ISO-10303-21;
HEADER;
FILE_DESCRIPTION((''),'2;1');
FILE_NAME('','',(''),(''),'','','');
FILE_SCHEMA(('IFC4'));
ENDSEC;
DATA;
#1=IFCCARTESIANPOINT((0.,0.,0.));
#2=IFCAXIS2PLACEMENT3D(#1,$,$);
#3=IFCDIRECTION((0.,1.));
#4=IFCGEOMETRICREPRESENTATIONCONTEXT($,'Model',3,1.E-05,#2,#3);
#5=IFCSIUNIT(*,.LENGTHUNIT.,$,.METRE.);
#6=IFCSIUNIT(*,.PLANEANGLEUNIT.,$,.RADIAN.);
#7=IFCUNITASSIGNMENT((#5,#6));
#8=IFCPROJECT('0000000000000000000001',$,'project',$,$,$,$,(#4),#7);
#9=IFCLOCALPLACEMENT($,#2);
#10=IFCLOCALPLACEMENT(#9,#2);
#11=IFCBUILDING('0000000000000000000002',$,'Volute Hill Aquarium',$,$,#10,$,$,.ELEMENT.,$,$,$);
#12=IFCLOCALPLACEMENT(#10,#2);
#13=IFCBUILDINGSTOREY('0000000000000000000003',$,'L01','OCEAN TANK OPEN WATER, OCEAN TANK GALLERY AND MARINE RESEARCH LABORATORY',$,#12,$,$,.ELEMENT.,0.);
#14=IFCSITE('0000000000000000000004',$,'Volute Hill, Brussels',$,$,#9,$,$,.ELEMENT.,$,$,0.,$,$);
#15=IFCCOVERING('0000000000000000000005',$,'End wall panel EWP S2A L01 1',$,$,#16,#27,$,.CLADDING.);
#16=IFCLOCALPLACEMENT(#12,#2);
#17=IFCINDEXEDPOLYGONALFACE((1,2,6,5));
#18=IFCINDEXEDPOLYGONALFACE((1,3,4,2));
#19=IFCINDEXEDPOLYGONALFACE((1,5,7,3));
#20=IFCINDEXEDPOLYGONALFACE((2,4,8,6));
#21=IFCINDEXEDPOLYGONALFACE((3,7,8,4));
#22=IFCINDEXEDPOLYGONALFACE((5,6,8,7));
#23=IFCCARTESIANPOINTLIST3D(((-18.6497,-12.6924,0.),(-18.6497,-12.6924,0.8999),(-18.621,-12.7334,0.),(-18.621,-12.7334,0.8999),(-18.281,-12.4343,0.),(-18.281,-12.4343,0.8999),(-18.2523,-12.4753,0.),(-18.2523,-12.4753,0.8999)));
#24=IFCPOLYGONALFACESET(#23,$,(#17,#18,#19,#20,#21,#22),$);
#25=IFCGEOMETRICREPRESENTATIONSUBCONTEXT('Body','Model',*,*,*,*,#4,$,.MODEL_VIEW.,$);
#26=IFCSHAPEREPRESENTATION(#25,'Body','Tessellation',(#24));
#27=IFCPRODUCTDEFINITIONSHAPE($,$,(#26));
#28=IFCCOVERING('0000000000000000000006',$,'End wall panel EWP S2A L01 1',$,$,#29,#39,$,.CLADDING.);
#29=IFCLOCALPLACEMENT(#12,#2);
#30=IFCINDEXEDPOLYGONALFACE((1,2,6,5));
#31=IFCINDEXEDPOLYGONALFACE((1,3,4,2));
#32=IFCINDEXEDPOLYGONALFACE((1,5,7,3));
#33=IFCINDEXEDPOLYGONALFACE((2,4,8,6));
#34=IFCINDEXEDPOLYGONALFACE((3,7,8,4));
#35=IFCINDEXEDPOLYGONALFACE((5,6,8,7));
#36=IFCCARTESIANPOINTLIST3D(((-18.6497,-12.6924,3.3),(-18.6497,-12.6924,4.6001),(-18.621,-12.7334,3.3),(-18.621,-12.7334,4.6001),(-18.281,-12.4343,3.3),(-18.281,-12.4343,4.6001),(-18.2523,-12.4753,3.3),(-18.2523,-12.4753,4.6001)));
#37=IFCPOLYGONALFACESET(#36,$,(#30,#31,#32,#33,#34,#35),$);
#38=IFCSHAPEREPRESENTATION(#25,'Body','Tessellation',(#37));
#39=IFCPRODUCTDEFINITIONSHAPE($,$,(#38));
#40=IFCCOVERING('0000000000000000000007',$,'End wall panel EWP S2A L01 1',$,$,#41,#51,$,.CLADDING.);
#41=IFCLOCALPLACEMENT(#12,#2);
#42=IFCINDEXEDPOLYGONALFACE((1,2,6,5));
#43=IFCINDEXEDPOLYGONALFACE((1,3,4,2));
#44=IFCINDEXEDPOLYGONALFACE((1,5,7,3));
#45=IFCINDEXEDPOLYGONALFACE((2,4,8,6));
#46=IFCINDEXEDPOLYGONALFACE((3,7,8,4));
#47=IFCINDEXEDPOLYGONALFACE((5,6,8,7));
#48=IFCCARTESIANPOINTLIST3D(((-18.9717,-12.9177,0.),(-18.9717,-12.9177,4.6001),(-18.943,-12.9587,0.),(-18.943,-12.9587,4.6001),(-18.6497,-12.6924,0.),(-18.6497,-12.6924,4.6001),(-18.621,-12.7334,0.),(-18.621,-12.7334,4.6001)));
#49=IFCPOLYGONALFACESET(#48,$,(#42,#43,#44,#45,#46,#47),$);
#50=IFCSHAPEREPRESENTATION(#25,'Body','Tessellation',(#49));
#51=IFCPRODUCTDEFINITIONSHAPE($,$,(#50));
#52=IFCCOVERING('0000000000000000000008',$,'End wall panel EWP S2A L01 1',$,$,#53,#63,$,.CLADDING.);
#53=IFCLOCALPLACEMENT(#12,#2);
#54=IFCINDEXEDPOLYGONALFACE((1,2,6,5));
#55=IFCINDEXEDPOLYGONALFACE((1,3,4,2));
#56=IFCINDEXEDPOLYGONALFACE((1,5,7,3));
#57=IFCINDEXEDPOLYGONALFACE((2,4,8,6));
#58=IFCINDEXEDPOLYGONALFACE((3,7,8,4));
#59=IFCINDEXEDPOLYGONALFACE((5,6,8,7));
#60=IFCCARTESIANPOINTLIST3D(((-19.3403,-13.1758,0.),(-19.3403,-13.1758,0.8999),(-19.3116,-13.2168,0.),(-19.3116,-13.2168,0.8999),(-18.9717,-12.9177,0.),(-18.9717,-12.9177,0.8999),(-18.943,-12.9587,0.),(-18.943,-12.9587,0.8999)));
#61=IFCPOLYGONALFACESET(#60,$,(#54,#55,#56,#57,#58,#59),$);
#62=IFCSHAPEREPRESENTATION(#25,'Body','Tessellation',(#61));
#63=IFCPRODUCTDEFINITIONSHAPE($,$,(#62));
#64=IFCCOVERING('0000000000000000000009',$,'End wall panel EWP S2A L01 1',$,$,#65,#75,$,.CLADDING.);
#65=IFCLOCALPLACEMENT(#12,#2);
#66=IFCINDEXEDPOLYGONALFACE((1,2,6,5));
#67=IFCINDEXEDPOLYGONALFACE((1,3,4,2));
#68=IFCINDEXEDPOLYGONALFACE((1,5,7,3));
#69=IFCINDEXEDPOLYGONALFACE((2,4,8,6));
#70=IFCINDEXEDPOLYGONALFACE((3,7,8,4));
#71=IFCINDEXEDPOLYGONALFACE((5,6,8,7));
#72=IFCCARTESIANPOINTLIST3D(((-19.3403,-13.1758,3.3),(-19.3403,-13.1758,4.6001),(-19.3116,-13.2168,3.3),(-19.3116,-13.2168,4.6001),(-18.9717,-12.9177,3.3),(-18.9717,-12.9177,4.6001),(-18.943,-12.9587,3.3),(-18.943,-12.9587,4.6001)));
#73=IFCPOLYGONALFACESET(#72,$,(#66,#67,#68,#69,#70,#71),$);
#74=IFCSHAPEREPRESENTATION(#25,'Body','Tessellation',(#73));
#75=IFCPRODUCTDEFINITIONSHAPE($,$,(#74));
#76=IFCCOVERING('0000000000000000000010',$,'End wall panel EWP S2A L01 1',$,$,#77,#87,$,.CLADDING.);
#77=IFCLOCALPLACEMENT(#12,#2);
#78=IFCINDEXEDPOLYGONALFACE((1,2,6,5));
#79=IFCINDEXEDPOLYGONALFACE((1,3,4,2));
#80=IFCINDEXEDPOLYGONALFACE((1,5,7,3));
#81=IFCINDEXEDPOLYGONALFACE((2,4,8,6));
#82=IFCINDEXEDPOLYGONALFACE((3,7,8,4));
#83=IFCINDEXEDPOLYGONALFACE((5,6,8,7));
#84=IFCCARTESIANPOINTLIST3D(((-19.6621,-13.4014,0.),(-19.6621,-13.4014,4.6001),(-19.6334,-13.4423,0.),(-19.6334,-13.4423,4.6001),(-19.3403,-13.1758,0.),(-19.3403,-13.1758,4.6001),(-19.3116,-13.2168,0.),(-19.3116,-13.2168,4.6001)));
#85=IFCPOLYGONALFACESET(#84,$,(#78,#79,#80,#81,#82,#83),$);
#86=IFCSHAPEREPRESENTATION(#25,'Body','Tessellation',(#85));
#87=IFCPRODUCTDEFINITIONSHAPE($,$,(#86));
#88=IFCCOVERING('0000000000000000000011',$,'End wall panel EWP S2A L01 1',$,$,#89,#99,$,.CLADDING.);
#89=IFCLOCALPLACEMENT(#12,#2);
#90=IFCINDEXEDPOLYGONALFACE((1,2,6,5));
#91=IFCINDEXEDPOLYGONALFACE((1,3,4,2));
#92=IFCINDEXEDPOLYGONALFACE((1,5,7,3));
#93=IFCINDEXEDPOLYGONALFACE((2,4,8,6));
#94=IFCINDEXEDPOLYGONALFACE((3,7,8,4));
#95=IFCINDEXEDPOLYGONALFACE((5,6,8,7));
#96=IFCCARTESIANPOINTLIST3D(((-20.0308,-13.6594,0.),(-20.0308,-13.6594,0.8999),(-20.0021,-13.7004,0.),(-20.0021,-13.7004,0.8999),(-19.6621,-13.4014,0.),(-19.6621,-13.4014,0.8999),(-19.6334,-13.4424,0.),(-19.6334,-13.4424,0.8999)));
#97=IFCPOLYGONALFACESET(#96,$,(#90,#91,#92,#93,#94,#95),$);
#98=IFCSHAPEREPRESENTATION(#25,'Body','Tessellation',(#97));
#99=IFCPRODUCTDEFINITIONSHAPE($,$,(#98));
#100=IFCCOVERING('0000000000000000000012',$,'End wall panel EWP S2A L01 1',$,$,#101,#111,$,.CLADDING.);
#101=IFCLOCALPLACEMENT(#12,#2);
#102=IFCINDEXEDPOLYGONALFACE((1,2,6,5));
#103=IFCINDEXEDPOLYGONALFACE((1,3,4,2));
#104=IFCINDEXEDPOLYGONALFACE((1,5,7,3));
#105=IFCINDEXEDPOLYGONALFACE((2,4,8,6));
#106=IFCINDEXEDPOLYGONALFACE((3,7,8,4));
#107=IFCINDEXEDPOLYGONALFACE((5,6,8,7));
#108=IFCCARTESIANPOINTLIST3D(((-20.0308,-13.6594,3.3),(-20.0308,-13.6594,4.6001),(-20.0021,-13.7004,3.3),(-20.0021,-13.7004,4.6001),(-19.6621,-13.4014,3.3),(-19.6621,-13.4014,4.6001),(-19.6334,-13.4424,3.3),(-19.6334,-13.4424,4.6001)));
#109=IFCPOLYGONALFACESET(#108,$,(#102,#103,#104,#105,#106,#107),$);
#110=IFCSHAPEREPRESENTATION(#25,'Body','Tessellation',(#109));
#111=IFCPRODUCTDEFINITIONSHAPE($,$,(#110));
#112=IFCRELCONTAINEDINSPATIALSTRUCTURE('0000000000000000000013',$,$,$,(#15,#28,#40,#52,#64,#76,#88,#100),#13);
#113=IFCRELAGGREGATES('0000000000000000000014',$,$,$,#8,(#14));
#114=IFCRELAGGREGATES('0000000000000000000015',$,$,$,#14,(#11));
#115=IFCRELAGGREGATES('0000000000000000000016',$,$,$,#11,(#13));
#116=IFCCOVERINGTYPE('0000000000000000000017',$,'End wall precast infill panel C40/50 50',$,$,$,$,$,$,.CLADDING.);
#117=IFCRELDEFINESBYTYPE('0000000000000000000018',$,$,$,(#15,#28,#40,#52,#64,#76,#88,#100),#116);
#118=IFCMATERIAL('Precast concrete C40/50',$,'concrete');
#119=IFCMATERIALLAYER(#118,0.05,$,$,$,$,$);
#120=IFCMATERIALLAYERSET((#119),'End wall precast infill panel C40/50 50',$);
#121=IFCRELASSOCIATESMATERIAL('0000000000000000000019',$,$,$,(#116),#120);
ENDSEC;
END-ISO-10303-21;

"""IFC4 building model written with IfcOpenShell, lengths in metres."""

from ifc_helpers import new_model, si_unit, direction, frame, origin, place, context, subcontext, project, spatial, polyline, outline, extrude, material, layer, layer_set, type_object, element, save


model = new_model("IFC4")

# Units and contexts
model_context = context("Model", 3, precision=1e-05, world=origin(), true_north=direction((0.0, 1.0)))
body_context = subcontext(model_context, "Body", "Model", "MODEL_VIEW")
ifc_project = project(units=[si_unit("LENGTHUNIT", "METRE"), si_unit("PLANEANGLEUNIT", "RADIAN")], contexts=[model_context])

# Site, building, storey
site_placement = place(None, origin())
site = spatial("IfcSite", under=ifc_project, at=site_placement, Name="Volute Hill, Brussels", CompositionType="ELEMENT", RefElevation=0.0)
building_placement = place(site_placement, origin())
building = spatial("IfcBuilding", under=site, at=building_placement, Name="Volute Hill Aquarium", CompositionType="ELEMENT")
storey_placement = place(building_placement, origin())
storey = spatial("IfcBuildingStorey", under=building, at=storey_placement, Name="L01", Description="OCEAN TANK OPEN WATER, OCEAN TANK GALLERY AND MARINE RESEARCH LABORATORY", CompositionType="ELEMENT", Elevation=0.0)

# Coverings
ifc_material_1 = material(Name="Precast concrete C40/50", Category="concrete")
ifc_layer_1 = layer(ifc_material_1, 0.05)
ifc_layer_set_1 = layer_set([ifc_layer_1], Name="End wall precast infill panel C40/50 50")
covering_type = type_object("IfcCoveringType", Name="End wall precast infill panel C40/50 50", PredefinedType="CLADDING", material=ifc_layer_set_1)
covering_1_placement = place(storey_placement, frame((-18.281, -12.4343, 0.0), z_axis=(-0.573462, 0.819232, 0.0), x_axis=(-0.819232, -0.573462, 0.0)))
element("IfcCovering", 1, at=covering_1_placement, inside=storey, type_object=covering_type, Name="End wall panel EWP S2A L01 1", PredefinedType="CLADDING", context=body_context, shape_type="SweptSolid", body=[
    extrude(outline(polyline([(0.0, 0.0), (0.45, 0.0), (0.45, 0.8999), (0.0, 0.8999), (0.0, 0.0)])), origin(), (0.0, 0.0, -1.0), 0.05),
])
covering_2_placement = place(storey_placement, frame((-18.281, -12.4343, 3.3), z_axis=(-0.573462, 0.819232, 0.0), x_axis=(-0.819232, -0.573462, 0.0)))
element("IfcCovering", 2, at=covering_2_placement, inside=storey, type_object=covering_type, Name="End wall panel EWP S2A L01 1", PredefinedType="CLADDING", context=body_context, shape_type="SweptSolid", body=[
    extrude(outline(polyline([(0.0, 0.0), (0.45, 0.0), (0.45, 1.3), (0.0, 1.3), (0.0, 0.0)])), origin(), (0.0, 0.0, -1.0), 0.05),
])
covering_3_placement = place(storey_placement, frame((-18.6497, -12.6924, 0.0), z_axis=(-0.573337, 0.819319, 0.0), x_axis=(-0.819319, -0.573337, 0.0)))
element("IfcCovering", 3, at=covering_3_placement, inside=storey, type_object=covering_type, Name="End wall panel EWP S2A L01 1", PredefinedType="CLADDING", context=body_context, shape_type="SweptSolid", body=[
    extrude(outline(polyline([(0.0, 0.0), (0.393, 0.0), (0.393, 4.6001), (0.0, 4.6001), (0.0, 0.0)])), origin(), (0.0, 0.0, -1.0), 0.05),
])
covering_4_placement = place(storey_placement, frame((-18.9717, -12.9177, 0.0), z_axis=(-0.573462, 0.819232, 0.0), x_axis=(-0.819232, -0.573462, 0.0)))
element("IfcCovering", 4, at=covering_4_placement, inside=storey, type_object=covering_type, Name="End wall panel EWP S2A L01 1", PredefinedType="CLADDING", context=body_context, shape_type="SweptSolid", body=[
    extrude(outline(polyline([(0.0, 0.0), (0.45, 0.0), (0.45, 0.8999), (0.0, 0.8999), (0.0, 0.0)])), origin(), (0.0, 0.0, -1.0), 0.05),
])
covering_5_placement = place(storey_placement, frame((-18.9717, -12.9177, 3.3), z_axis=(-0.573462, 0.819232, 0.0), x_axis=(-0.819232, -0.573462, 0.0)))
element("IfcCovering", 5, at=covering_5_placement, inside=storey, type_object=covering_type, Name="End wall panel EWP S2A L01 1", PredefinedType="CLADDING", context=body_context, shape_type="SweptSolid", body=[
    extrude(outline(polyline([(0.0, 0.0), (0.45, 0.0), (0.45, 1.3), (0.0, 1.3), (0.0, 0.0)])), origin(), (0.0, 0.0, -1.0), 0.05),
])
covering_6_placement = place(storey_placement, frame((-19.3403, -13.1758, 0.0), z_axis=(-0.574046, 0.818823, 0.0), x_axis=(-0.818823, -0.574046, 0.0)))
element("IfcCovering", 6, at=covering_6_placement, inside=storey, type_object=covering_type, Name="End wall panel EWP S2A L01 1", PredefinedType="CLADDING", context=body_context, shape_type="SweptSolid", body=[
    extrude(outline(polyline([(0.0, 0.0), (0.393, 0.0), (0.393, 4.6001), (0.0, 4.6001), (0.0, 0.0)])), origin(), (0.0, 0.0, -1.0), 0.05),
])
covering_7_placement = place(storey_placement, frame((-19.6621, -13.4014, 0.0), z_axis=(-0.573462, 0.819232, 0.0), x_axis=(-0.819232, -0.573462, 0.0)))
element("IfcCovering", 7, at=covering_7_placement, inside=storey, type_object=covering_type, Name="End wall panel EWP S2A L01 1", PredefinedType="CLADDING", context=body_context, shape_type="SweptSolid", body=[
    extrude(outline(polyline([(0.0, 0.0), (0.45, 0.0), (0.45, 0.8999), (0.0, 0.8999), (0.0, 0.0)])), origin(), (0.0, 0.0, -1.0), 0.05),
])
covering_8_placement = place(storey_placement, frame((-19.6621, -13.4014, 3.3), z_axis=(-0.573462, 0.819232, 0.0), x_axis=(-0.819232, -0.573462, 0.0)))
element("IfcCovering", 8, at=covering_8_placement, inside=storey, type_object=covering_type, Name="End wall panel EWP S2A L01 1", PredefinedType="CLADDING", context=body_context, shape_type="SweptSolid", body=[
    extrude(outline(polyline([(0.0, 0.0), (0.45, 0.0), (0.45, 1.3), (0.0, 1.3), (0.0, 0.0)])), origin(), (0.0, 0.0, -1.0), 0.05),
])

save(model, "model.ifc")
